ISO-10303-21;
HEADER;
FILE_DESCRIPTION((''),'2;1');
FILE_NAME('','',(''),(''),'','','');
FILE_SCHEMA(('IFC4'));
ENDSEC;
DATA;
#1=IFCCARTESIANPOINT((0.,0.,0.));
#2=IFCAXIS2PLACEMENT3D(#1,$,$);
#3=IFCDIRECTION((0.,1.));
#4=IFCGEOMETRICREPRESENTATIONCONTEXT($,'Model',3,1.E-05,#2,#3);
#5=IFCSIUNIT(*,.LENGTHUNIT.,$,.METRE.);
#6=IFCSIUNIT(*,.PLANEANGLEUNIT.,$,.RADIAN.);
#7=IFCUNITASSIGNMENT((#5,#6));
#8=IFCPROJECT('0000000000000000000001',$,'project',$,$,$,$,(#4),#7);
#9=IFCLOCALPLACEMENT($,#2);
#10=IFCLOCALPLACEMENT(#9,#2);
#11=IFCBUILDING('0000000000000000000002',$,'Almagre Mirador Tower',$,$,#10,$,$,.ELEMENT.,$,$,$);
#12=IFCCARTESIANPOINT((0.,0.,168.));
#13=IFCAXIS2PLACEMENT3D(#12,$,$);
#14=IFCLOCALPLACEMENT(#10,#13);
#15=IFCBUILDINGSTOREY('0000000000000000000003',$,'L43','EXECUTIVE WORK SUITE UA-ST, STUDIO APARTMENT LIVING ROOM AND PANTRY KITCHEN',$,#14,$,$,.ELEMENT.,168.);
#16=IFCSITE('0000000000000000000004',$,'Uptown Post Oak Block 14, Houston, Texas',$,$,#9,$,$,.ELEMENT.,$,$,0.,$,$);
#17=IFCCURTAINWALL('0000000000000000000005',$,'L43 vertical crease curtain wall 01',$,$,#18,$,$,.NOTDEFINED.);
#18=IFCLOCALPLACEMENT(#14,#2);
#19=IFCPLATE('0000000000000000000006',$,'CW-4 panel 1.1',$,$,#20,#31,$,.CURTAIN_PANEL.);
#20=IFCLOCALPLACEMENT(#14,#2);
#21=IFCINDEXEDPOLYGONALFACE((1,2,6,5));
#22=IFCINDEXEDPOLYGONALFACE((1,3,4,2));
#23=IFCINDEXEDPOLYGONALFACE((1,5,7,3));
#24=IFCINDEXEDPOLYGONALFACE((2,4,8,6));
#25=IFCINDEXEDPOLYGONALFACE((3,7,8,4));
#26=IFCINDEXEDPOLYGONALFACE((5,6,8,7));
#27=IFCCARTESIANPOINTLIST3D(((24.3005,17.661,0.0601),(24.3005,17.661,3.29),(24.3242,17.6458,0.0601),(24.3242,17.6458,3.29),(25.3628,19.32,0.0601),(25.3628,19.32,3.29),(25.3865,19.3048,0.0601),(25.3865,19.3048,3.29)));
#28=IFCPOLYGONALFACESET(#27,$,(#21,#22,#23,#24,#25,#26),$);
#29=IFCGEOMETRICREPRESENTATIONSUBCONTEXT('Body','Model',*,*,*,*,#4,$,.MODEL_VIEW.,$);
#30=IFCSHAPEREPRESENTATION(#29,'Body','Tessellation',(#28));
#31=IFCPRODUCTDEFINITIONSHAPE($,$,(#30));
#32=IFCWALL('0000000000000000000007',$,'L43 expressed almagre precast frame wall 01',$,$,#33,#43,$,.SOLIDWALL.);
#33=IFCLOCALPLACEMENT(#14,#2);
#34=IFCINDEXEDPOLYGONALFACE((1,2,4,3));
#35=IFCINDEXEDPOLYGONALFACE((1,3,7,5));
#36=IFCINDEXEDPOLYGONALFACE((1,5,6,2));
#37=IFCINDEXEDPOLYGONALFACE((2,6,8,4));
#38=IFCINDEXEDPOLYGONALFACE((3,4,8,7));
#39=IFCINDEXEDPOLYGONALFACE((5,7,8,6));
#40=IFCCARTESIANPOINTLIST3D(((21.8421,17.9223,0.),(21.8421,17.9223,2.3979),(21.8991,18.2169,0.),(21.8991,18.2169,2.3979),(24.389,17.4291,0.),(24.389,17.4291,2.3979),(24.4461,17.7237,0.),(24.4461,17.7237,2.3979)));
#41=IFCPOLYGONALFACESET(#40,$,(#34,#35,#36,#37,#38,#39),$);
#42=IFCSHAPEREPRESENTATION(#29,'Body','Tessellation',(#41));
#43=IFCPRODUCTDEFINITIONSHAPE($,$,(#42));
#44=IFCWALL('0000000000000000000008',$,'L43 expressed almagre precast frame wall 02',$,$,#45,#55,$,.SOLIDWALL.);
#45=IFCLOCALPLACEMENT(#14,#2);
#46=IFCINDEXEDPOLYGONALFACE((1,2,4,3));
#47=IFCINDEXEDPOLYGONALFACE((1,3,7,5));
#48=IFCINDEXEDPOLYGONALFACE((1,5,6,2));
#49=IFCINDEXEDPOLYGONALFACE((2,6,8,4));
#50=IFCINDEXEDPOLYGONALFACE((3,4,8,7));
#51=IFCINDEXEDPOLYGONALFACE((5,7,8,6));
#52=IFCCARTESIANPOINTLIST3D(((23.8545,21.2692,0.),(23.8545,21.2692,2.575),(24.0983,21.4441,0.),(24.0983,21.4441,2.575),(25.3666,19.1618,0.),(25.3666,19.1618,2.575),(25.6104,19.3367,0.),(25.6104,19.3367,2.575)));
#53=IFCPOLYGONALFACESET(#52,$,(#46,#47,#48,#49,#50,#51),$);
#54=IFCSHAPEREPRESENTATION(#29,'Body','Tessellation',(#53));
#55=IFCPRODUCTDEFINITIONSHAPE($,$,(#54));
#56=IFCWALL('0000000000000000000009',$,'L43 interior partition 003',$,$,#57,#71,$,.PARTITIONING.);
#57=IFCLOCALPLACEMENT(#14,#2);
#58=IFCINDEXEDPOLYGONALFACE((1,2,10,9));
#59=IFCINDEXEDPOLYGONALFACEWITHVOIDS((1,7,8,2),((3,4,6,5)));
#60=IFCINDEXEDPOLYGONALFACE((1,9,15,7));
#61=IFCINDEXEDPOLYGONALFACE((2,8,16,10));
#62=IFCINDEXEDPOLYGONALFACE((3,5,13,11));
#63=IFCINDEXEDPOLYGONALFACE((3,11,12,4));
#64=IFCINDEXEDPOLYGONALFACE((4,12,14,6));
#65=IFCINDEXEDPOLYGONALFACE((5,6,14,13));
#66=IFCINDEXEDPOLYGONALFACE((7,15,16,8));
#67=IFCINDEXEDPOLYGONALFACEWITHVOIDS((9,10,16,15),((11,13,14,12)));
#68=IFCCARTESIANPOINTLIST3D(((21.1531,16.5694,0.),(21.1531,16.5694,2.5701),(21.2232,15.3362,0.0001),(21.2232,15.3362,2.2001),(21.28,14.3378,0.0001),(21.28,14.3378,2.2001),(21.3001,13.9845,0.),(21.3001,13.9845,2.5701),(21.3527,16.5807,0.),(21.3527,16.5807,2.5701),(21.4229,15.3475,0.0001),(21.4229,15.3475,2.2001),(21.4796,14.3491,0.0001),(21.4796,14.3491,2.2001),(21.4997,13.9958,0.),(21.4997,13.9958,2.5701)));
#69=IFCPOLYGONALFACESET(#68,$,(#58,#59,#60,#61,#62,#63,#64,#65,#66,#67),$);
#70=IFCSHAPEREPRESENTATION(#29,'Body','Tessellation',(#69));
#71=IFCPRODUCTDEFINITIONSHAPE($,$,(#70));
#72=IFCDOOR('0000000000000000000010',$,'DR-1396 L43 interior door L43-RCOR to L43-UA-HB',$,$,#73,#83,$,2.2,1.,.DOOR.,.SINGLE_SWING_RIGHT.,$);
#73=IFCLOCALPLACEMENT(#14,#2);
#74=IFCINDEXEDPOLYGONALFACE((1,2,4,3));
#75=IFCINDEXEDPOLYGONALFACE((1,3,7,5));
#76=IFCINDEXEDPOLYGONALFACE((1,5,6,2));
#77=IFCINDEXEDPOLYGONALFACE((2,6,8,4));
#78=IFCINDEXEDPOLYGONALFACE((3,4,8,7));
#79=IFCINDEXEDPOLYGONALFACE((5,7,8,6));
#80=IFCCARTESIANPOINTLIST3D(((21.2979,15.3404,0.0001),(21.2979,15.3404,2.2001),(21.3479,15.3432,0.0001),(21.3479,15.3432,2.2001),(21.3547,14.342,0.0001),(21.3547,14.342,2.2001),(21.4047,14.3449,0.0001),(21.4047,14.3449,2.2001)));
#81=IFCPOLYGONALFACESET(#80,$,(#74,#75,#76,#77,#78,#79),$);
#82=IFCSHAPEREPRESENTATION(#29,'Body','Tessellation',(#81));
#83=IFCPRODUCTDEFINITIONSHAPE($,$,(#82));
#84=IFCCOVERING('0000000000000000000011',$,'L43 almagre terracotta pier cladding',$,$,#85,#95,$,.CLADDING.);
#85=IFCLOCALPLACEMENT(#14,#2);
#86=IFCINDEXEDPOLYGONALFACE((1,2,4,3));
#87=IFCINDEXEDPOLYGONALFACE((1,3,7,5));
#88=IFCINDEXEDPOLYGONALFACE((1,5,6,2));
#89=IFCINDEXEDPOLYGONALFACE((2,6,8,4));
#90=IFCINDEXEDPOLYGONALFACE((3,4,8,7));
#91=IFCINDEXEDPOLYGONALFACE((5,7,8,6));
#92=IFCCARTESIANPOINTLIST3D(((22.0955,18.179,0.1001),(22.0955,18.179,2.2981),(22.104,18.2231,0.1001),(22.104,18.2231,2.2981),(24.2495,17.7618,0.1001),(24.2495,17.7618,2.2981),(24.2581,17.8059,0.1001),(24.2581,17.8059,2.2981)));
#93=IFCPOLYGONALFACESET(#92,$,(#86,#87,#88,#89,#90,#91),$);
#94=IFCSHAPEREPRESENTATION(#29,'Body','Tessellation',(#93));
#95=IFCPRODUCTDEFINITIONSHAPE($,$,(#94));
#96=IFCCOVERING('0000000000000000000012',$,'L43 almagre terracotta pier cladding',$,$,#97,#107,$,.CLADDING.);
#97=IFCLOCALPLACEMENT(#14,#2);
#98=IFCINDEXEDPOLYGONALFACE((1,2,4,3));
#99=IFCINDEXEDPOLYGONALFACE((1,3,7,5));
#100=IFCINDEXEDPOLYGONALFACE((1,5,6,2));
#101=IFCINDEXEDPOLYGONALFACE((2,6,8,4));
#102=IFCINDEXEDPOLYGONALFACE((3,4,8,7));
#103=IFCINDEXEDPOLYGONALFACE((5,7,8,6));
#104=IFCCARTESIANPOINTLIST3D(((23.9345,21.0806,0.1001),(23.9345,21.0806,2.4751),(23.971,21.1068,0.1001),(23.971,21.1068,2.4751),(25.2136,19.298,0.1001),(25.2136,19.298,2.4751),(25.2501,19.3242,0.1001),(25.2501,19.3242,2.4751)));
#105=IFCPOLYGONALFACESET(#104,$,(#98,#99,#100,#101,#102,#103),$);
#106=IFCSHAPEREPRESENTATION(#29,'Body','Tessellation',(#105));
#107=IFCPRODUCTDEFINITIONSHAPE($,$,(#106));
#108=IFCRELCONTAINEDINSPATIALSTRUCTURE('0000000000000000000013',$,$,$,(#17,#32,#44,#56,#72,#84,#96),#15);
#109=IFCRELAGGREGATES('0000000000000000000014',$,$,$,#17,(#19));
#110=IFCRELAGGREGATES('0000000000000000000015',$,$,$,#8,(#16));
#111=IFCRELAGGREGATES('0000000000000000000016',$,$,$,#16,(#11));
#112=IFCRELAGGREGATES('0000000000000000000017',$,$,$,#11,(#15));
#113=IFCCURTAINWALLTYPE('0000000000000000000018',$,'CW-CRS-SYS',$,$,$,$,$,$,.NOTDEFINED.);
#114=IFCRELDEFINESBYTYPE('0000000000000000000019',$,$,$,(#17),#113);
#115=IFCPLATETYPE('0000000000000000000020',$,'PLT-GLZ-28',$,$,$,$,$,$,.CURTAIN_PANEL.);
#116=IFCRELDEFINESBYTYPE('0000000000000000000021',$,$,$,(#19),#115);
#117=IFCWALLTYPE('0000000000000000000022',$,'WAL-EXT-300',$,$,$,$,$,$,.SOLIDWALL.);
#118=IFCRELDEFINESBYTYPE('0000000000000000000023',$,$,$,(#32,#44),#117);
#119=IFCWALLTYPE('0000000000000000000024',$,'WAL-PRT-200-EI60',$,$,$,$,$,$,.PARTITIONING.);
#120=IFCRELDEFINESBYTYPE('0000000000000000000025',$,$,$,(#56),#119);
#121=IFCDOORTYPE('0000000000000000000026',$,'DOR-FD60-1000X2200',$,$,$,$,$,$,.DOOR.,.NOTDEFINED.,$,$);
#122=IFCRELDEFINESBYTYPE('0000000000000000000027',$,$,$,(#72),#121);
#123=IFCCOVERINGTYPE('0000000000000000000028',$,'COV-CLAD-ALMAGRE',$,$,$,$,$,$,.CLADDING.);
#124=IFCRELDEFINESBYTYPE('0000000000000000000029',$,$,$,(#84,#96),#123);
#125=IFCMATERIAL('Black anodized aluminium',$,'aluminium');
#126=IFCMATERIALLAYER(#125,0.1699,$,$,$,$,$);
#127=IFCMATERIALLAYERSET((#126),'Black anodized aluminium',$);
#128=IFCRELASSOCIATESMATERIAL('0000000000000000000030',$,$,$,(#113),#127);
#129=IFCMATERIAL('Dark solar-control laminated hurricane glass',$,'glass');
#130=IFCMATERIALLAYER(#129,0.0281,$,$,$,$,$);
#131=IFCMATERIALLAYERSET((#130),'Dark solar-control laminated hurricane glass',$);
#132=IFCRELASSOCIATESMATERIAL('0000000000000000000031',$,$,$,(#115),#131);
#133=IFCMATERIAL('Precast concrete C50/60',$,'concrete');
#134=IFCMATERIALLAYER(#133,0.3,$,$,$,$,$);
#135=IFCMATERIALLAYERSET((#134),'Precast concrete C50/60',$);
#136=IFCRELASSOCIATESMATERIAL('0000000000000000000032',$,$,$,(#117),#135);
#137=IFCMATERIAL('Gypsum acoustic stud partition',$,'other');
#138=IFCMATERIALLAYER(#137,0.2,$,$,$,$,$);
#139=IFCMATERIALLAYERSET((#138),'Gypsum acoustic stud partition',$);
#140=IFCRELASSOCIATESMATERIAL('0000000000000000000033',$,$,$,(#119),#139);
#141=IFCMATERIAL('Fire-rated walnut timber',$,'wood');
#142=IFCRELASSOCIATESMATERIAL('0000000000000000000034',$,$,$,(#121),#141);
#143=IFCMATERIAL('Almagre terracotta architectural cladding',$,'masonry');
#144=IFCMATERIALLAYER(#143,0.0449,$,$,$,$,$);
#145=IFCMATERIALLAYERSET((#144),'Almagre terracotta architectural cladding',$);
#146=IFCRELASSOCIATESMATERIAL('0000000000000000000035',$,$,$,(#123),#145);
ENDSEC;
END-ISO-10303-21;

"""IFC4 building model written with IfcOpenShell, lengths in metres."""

from ifc_helpers import new_model, si_unit, direction, frame, frame_2d, origin, origin_2d, place, context, subcontext, project, spatial, rectangle, extrude, material, layer, layer_set, type_object, element, fill, aggregate, save


model = new_model("IFC4")

# Units and contexts
model_context = context("Model", 3, precision=1e-05, world=origin(), true_north=direction((0.0, 1.0)))
body_context = subcontext(model_context, "Body", "Model", "MODEL_VIEW")
ifc_project = project(units=[si_unit("LENGTHUNIT", "METRE"), si_unit("PLANEANGLEUNIT", "RADIAN")], contexts=[model_context])

# Site, building, storey
site_placement = place(None, origin())
site = spatial("IfcSite", under=ifc_project, at=site_placement, Name="Uptown Post Oak Block 14, Houston, Texas", CompositionType="ELEMENT", RefElevation=0.0)
building_placement = place(site_placement, origin())
building = spatial("IfcBuilding", under=site, at=building_placement, Name="Almagre Mirador Tower", CompositionType="ELEMENT")
storey_placement = place(building_placement, frame((0.0, 0.0, 168.0)))
storey = spatial("IfcBuildingStorey", under=building, at=storey_placement, Name="L43", Description="EXECUTIVE WORK SUITE UA-ST, STUDIO APARTMENT LIVING ROOM AND PANTRY KITCHEN", CompositionType="ELEMENT", Elevation=168.0)

# Curtain wall
ifc_material_1 = material(Name="Black anodized aluminium", Category="aluminium")
ifc_layer_1 = layer(ifc_material_1, 0.1699)
ifc_layer_set_1 = layer_set([ifc_layer_1], Name="Black anodized aluminium")
curtain_wall_type_1 = type_object("IfcCurtainWallType", Name="CW-CRS-SYS", PredefinedType="NOTDEFINED", material=ifc_layer_set_1)
curtain_wall_1_placement = place(storey_placement, origin())
curtain_wall_1 = element("IfcCurtainWall", 1, at=curtain_wall_1_placement, inside=storey, type_object=curtain_wall_type_1, Name="L43 vertical crease curtain wall 01", PredefinedType="NOTDEFINED")

# Plate
ifc_material_2 = material(Name="Dark solar-control laminated hurricane glass", Category="glass")
ifc_layer_2 = layer(ifc_material_2, 0.0281)
ifc_layer_set_2 = layer_set([ifc_layer_2], Name="Dark solar-control laminated hurricane glass")
plate_type = type_object("IfcPlateType", Name="PLT-GLZ-28", PredefinedType="CURTAIN_PANEL", material=ifc_layer_set_2)
plate_placement = place(storey_placement, frame((24.8435, 18.4829, 0.0601), z_axis=(0.0, 0.0, 1.0), x_axis=(0.539257, 0.842141, 0.0)))
plate = element("IfcPlate", 2, at=plate_placement, type_object=plate_type, Name="CW-4 panel 1.1", PredefinedType="CURTAIN_PANEL", context=body_context, shape_type="SweptSolid", body=[
    extrude(rectangle(XDim=1.97, YDim=0.0281, at=origin_2d()), origin(), (0.0, 0.0, 1.0), 3.23),
])
aggregate(curtain_wall_1, [plate])

# Walls
ifc_material_3 = material(Name="Precast concrete C50/60", Category="concrete")
ifc_layer_3 = layer(ifc_material_3, 0.3)
ifc_layer_set_3 = layer_set([ifc_layer_3], Name="Precast concrete C50/60")
wall_type_1 = type_object("IfcWallType", Name="WAL-EXT-300", PredefinedType="SOLIDWALL", material=ifc_layer_set_3)
wall_1_placement = place(storey_placement, frame((21.8706, 18.0696, 0.0), z_axis=(0.0, 0.0, 1.0), x_axis=(0.981764, -0.190104, 0.0)))
element("IfcWall", 3, at=wall_1_placement, inside=storey, type_object=wall_type_1, Name="L43 expressed almagre precast frame wall 01", PredefinedType="SOLIDWALL", context=body_context, shape_type="SweptSolid", body=[
    extrude(rectangle(XDim=2.5942, YDim=0.3, at=frame_2d((1.2971, 0.0))), origin(), (0.0, 0.0, 1.0), 2.3979),
])
wall_2_placement = place(storey_placement, frame((25.4885, 19.2493, 0.0), z_axis=(0.0, 0.0, 1.0), x_axis=(-0.583, 0.812472, 0.0)))
element("IfcWall", 4, at=wall_2_placement, inside=storey, type_object=wall_type_1, Name="L43 expressed almagre precast frame wall 02", PredefinedType="SOLIDWALL", context=body_context, shape_type="SweptSolid", body=[
    extrude(rectangle(XDim=2.5938, YDim=0.3, at=frame_2d((1.2969, 0.0))), origin(), (0.0, 0.0, 1.0), 2.575),
])

# Wall, opening, door
ifc_material_4 = material(Name="Gypsum acoustic stud partition", Category="other")
ifc_layer_4 = layer(ifc_material_4, 0.2)
ifc_layer_set_4 = layer_set([ifc_layer_4], Name="Gypsum acoustic stud partition")
wall_type_2 = type_object("IfcWallType", Name="WAL-PRT-200-EI60", PredefinedType="PARTITIONING", material=ifc_layer_set_4)
wall_3_placement = place(storey_placement, frame((21.2529, 16.575, 0.0), z_axis=(0.0, 0.0, 1.0), x_axis=(0.056765, -0.998388, 0.0)))
wall_3 = element("IfcWall", 5, at=wall_3_placement, inside=storey, type_object=wall_type_2, Name="L43 interior partition 003", PredefinedType="PARTITIONING", context=body_context, shape_type="SweptSolid", body=[
    extrude(rectangle(XDim=2.5891, YDim=0.2, at=frame_2d((1.2944, 0.0))), origin(), (0.0, 0.0, 1.0), 2.5701),
])
opening_placement = place(wall_3_placement, frame((1.2351, 0.0, 0.0)))
opening = element("IfcOpeningElement", 6, at=opening_placement, cuts=wall_3, PredefinedType="OPENING", context=body_context, shape_type="SweptSolid", body=[
    extrude(rectangle(XDim=1.0, YDim=2.2, at=frame_2d((0.5, 1.1001))), frame((0.0, 0.1101, 0.0), z_axis=(0.0, -1.0, 0.0), x_axis=(1.0, 0.0, 0.0)), (0.0, 0.0, 1.0), 0.22),
])
ifc_material_5 = material(Name="Fire-rated walnut timber", Category="wood")
door_type = type_object("IfcDoorType", Name="DOR-FD60-1000X2200", OperationType="NOTDEFINED", PredefinedType="DOOR", material=ifc_material_5)
door_placement = place(opening_placement, origin())
door = element("IfcDoor", 7, at=door_placement, inside=storey, type_object=door_type, Name="DR-1396 L43 interior door L43-RCOR to L43-UA-HB", OperationType="SINGLE_SWING_RIGHT", OverallHeight=2.2, OverallWidth=1.0, PredefinedType="DOOR", context=body_context, shape_type="SweptSolid", body=[
    extrude(rectangle(XDim=1.0, YDim=2.2, at=frame_2d((0.5, 1.1001))), frame((0.0, 0.0249, 0.0), z_axis=(0.0, -1.0, 0.0), x_axis=(1.0, 0.0, 0.0)), (0.0, 0.0, 1.0), 0.05),
])
fill(opening, door)

# Coverings
ifc_material_6 = material(Name="Almagre terracotta architectural cladding", Category="masonry")
ifc_layer_5 = layer(ifc_material_6, 0.0449)
ifc_layer_set_5 = layer_set([ifc_layer_5], Name="Almagre terracotta architectural cladding")
covering_type = type_object("IfcCoveringType", Name="COV-CLAD-ALMAGRE", PredefinedType="CLADDING", material=ifc_layer_set_5)
covering_1_placement = place(storey_placement, frame((23.1768, 17.9924, 0.1001), z_axis=(0.0, 0.0, 1.0), x_axis=(0.98176, -0.190124, 0.0)))
element("IfcCovering", 8, at=covering_1_placement, inside=storey, type_object=covering_type, Name="L43 almagre terracotta pier cladding", PredefinedType="CLADDING", context=body_context, shape_type="SweptSolid", body=[
    extrude(rectangle(XDim=2.1941, YDim=0.0449, at=origin_2d()), origin(), (0.0, 0.0, 1.0), 2.198),
])
covering_2_placement = place(storey_placement, frame((24.5923, 20.2024, 0.1001), z_axis=(0.0, 0.0, 1.0), x_axis=(-0.583002, 0.81247, 0.0)))
element("IfcCovering", 9, at=covering_2_placement, inside=storey, type_object=covering_type, Name="L43 almagre terracotta pier cladding", PredefinedType="CLADDING", context=body_context, shape_type="SweptSolid", body=[
    extrude(rectangle(XDim=2.1941, YDim=0.0449, at=origin_2d()), origin(), (0.0, 0.0, 1.0), 2.375),
])

save(model, "model.ifc")
